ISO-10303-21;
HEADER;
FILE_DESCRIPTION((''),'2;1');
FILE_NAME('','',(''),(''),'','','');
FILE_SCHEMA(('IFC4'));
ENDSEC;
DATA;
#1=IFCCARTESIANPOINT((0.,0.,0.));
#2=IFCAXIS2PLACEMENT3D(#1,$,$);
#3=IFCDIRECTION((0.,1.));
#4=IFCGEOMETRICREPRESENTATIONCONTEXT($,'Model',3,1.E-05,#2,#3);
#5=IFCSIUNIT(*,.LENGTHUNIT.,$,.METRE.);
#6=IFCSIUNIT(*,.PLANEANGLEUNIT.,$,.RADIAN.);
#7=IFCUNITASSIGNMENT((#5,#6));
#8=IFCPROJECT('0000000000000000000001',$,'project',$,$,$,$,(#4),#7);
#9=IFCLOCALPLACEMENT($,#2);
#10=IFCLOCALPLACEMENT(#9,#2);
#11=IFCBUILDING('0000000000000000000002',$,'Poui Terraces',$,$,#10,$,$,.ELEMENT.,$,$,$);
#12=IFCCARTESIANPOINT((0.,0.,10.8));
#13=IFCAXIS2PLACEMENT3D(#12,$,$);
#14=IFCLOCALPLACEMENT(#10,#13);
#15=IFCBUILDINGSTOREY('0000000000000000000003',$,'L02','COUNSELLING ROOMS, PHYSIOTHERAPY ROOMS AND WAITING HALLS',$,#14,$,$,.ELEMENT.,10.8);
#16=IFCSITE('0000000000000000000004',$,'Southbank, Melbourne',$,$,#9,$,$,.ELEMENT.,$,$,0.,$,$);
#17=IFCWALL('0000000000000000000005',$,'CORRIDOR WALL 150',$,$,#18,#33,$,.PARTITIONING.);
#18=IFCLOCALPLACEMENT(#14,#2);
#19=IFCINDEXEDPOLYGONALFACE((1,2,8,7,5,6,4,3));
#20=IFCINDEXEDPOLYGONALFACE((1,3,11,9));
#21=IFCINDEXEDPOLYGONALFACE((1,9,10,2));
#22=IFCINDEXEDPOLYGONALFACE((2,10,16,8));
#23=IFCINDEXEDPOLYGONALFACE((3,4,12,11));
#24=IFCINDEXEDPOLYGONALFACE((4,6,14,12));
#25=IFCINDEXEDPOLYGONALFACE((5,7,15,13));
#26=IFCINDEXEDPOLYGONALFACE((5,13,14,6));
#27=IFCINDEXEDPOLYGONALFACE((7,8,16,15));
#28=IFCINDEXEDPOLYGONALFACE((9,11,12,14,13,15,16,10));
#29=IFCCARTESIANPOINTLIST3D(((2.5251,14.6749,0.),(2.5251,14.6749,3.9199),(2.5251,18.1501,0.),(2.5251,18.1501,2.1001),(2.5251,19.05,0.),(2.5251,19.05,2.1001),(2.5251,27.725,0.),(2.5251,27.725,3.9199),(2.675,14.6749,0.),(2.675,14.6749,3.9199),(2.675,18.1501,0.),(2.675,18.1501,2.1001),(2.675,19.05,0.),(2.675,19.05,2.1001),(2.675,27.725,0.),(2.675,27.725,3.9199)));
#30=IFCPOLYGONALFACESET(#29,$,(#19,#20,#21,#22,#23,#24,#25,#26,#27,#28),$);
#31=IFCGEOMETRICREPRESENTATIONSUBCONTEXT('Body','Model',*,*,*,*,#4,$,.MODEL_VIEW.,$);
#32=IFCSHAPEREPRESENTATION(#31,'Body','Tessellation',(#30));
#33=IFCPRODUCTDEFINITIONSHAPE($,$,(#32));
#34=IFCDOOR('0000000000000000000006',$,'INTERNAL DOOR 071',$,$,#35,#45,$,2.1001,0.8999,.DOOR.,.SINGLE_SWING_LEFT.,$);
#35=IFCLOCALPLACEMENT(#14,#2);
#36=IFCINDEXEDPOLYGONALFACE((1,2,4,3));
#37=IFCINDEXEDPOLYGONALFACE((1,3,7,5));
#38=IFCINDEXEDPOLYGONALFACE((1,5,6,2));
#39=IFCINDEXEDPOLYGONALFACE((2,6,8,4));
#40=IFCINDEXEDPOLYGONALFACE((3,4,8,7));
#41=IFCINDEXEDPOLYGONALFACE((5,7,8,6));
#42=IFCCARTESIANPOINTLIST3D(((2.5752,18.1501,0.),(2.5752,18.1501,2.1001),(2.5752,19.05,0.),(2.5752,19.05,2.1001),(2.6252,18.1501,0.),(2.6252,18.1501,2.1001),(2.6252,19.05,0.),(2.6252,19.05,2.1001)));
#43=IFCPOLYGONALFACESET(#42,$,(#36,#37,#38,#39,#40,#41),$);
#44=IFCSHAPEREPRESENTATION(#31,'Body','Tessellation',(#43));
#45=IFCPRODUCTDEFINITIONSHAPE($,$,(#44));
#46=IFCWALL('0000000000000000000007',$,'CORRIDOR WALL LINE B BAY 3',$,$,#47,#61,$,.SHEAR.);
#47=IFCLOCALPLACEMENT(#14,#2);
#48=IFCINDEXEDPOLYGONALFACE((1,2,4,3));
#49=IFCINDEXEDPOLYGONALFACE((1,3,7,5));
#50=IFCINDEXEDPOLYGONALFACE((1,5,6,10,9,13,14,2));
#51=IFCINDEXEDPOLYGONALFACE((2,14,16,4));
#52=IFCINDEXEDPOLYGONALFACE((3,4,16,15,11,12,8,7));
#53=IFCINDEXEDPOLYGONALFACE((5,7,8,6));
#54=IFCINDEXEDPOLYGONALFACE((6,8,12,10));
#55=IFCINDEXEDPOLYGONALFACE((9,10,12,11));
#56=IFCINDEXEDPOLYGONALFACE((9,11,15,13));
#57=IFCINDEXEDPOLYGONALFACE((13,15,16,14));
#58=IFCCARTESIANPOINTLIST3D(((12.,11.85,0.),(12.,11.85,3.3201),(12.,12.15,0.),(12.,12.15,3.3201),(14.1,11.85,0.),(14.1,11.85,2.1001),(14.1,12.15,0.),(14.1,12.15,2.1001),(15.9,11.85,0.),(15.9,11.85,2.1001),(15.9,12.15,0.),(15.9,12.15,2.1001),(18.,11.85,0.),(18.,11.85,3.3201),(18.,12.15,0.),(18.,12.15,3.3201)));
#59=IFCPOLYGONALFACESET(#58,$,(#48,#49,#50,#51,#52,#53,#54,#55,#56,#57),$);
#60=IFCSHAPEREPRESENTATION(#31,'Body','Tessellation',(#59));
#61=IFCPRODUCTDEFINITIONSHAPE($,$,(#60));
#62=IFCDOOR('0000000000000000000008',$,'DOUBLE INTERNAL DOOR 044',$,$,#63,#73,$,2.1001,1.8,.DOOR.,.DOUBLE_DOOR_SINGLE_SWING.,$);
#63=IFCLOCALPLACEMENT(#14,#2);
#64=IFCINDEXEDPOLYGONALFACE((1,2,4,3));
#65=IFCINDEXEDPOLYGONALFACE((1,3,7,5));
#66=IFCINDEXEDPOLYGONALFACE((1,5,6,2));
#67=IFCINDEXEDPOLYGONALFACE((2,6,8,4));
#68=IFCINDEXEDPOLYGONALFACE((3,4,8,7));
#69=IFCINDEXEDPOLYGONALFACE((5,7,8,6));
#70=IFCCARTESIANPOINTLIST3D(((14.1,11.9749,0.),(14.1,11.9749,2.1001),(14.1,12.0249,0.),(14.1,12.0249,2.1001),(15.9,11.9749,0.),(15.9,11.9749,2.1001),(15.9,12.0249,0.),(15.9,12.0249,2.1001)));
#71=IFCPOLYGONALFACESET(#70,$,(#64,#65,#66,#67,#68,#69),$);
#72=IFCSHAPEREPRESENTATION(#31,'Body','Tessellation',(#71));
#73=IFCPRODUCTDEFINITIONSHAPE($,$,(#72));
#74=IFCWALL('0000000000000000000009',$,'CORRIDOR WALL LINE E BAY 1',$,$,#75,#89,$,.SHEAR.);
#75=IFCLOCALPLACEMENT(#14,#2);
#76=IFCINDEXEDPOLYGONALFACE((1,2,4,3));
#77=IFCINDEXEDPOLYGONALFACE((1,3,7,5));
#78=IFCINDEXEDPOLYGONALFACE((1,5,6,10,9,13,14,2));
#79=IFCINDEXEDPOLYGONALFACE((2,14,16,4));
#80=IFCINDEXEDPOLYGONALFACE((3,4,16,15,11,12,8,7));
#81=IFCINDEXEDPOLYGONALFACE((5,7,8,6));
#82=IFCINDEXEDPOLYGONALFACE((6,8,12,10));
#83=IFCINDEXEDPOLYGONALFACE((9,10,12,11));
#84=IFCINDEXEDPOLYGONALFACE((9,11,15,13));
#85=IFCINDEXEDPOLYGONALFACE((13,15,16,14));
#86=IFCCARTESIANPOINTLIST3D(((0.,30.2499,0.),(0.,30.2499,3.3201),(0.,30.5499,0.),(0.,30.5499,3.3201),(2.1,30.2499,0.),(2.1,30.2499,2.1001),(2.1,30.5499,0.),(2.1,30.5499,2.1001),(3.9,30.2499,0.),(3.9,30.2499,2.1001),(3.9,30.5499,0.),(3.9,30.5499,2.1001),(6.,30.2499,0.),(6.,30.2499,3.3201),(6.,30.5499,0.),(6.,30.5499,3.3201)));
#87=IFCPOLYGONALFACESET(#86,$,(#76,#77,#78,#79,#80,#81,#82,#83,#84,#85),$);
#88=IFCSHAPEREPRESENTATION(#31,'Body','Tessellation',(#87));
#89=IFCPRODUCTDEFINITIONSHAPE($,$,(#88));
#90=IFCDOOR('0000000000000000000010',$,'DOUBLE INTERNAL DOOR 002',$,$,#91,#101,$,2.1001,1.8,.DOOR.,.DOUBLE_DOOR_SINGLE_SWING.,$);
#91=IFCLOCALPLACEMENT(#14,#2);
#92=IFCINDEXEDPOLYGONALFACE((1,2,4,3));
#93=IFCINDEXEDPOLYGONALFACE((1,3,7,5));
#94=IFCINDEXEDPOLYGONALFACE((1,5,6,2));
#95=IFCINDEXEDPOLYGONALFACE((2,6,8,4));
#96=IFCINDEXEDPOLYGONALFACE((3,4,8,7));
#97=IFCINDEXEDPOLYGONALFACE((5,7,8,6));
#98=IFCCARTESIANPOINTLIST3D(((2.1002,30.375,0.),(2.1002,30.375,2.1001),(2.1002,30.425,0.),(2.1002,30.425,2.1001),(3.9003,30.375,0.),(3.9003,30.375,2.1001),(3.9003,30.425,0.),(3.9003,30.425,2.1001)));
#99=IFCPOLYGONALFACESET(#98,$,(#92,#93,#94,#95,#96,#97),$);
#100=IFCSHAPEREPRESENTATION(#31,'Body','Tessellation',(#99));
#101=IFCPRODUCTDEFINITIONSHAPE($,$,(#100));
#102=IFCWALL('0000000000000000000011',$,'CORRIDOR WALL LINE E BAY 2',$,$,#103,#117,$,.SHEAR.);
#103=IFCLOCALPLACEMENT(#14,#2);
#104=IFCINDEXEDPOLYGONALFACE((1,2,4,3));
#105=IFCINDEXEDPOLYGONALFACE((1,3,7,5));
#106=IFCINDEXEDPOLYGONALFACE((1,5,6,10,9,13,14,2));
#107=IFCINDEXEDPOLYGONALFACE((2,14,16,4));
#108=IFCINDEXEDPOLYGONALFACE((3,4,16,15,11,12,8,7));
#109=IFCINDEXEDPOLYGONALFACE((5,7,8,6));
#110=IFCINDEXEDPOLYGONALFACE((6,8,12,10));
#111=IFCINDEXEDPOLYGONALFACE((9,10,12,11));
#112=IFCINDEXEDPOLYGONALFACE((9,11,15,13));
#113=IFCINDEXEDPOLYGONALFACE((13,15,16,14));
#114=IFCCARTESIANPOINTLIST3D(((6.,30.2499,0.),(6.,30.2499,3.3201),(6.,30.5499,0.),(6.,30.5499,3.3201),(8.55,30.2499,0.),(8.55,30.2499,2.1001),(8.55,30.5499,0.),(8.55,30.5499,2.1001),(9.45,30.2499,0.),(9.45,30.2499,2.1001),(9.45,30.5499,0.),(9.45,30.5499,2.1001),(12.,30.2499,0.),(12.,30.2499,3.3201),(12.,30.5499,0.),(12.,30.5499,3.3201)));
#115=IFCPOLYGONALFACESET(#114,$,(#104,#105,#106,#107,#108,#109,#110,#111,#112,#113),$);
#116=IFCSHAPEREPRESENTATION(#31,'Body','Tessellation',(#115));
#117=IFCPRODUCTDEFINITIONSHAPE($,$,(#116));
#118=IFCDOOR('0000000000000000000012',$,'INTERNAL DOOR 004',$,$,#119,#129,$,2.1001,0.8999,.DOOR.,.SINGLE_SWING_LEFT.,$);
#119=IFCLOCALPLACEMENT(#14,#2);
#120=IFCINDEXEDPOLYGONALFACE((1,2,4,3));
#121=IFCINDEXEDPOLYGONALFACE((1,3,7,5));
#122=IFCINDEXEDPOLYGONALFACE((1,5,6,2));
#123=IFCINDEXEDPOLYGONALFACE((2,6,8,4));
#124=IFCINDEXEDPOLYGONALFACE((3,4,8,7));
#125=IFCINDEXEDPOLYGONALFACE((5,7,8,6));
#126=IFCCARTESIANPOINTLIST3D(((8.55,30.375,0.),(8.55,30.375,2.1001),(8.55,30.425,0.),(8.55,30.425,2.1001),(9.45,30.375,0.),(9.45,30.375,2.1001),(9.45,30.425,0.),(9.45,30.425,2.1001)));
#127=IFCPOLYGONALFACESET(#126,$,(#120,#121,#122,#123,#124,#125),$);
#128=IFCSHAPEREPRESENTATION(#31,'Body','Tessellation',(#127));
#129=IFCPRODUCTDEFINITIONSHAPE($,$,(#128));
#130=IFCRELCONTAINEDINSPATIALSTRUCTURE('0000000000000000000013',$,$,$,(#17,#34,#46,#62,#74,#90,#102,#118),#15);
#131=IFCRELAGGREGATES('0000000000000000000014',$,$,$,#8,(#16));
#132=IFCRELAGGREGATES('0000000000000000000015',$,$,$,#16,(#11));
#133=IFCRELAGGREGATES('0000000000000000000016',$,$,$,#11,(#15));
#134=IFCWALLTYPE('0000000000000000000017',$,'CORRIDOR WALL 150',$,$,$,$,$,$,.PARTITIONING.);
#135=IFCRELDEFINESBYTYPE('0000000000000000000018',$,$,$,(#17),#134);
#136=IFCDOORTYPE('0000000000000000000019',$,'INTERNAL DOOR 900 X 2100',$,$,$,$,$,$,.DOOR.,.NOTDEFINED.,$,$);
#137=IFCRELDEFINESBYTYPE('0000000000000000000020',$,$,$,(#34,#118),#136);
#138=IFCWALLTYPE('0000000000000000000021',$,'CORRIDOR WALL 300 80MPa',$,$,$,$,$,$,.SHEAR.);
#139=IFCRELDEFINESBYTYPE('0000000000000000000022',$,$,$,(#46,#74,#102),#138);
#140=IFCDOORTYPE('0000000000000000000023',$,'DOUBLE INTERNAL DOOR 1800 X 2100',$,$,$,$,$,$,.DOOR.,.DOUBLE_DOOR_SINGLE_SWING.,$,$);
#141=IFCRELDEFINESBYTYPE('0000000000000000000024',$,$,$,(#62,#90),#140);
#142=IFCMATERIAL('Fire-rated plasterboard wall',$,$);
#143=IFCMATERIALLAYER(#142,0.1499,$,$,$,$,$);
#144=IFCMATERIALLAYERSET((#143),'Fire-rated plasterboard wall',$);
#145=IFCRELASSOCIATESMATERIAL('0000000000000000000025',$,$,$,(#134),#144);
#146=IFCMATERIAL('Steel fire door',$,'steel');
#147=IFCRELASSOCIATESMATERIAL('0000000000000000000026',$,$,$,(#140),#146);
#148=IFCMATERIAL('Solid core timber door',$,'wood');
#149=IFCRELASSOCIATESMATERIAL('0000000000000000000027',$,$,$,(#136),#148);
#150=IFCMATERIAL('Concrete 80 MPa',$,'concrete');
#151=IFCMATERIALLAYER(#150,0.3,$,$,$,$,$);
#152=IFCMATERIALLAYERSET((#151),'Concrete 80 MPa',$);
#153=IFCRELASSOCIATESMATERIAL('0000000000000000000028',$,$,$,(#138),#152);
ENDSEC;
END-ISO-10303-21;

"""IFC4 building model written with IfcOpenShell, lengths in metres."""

from ifc_helpers import new_model, si_unit, direction, frame, frame_2d, origin, place, context, subcontext, project, spatial, rectangle, extrude, material, layer, layer_set, type_object, element, fill, save


model = new_model("IFC4")

# Units and contexts
model_context = context("Model", 3, precision=1e-05, world=origin(), true_north=direction((0.0, 1.0)))
body_context = subcontext(model_context, "Body", "Model", "MODEL_VIEW")
ifc_project = project(units=[si_unit("LENGTHUNIT", "METRE"), si_unit("PLANEANGLEUNIT", "RADIAN")], contexts=[model_context])

# Site, building, storey
site_placement = place(None, origin())
site = spatial("IfcSite", under=ifc_project, at=site_placement, Name="Southbank, Melbourne", CompositionType="ELEMENT", RefElevation=0.0)
building_placement = place(site_placement, origin())
building = spatial("IfcBuilding", under=site, at=building_placement, Name="Poui Terraces", CompositionType="ELEMENT")
storey_placement = place(building_placement, frame((0.0, 0.0, 10.8)))
storey = spatial("IfcBuildingStorey", under=building, at=storey_placement, Name="L02", Description="COUNSELLING ROOMS, PHYSIOTHERAPY ROOMS AND WAITING HALLS", CompositionType="ELEMENT", Elevation=10.8)

# Shared definitions
ifc_material_1 = material(Name="Concrete 80 MPa", Category="concrete")

# Shared definitions
ifc_material_2 = material(Name="Fire-rated plasterboard wall")
ifc_layer_1 = layer(ifc_material_2, 0.1499)
ifc_layer_set_1 = layer_set([ifc_layer_1], Name="Fire-rated plasterboard wall")
wall_type_1 = type_object("IfcWallType", Name="CORRIDOR WALL 150", PredefinedType="PARTITIONING", material=ifc_layer_set_1)
ifc_material_3 = material(Name="Steel fire door", Category="steel")
door_type_1 = type_object("IfcDoorType", Name="DOUBLE INTERNAL DOOR 1800 X 2100", OperationType="DOUBLE_DOOR_SINGLE_SWING", PredefinedType="DOOR", material=ifc_material_3)

# Shared definitions
ifc_material_4 = material(Name="Solid core timber door", Category="wood")
door_type_2 = type_object("IfcDoorType", Name="INTERNAL DOOR 900 X 2100", OperationType="NOTDEFINED", PredefinedType="DOOR", material=ifc_material_4)

# Walls, openings, doors
wall_1_placement = place(storey_placement, frame((2.6001, 14.675, 0.0), z_axis=(0.0, 0.0, 1.0), x_axis=(0.0, 1.0, 0.0)))
wall_1 = element("IfcWall", 1, at=wall_1_placement, inside=storey, type_object=wall_type_1, Name="CORRIDOR WALL 150", PredefinedType="PARTITIONING", context=body_context, shape_type="SweptSolid", body=[
    extrude(rectangle(XDim=13.05, YDim=0.1499, at=frame_2d((6.5249, 0.0))), origin(), (0.0, 0.0, 1.0), 3.9199),
])
opening_1_placement = place(wall_1_placement, frame((3.4751, 0.0, 0.0)))
opening_1 = element("IfcOpeningElement", 2, at=opening_1_placement, cuts=wall_1, PredefinedType="OPENING", context=body_context, shape_type="SweptSolid", body=[
    extrude(rectangle(XDim=0.8999, YDim=2.1001, at=frame_2d((0.45, 1.05))), frame((0.0, 0.085, 0.0), z_axis=(0.0, -1.0, 0.0), x_axis=(1.0, 0.0, 0.0)), (0.0, 0.0, 1.0), 0.1699),
])
door_1_placement = place(opening_1_placement, origin())
door_1 = element("IfcDoor", 3, at=door_1_placement, inside=storey, type_object=door_type_2, Name="INTERNAL DOOR 071", OperationType="SINGLE_SWING_LEFT", OverallHeight=2.1001, OverallWidth=0.8999, PredefinedType="DOOR", context=body_context, shape_type="SweptSolid", body=[
    extrude(rectangle(XDim=0.8999, YDim=2.1001, at=frame_2d((0.45, 1.05))), frame((0.0, 0.0249, 0.0), z_axis=(0.0, -1.0, 0.0), x_axis=(1.0, 0.0, 0.0)), (0.0, 0.0, 1.0), 0.05),
])
fill(opening_1, door_1)
ifc_layer_2 = layer(ifc_material_1, 0.3)
ifc_layer_set_2 = layer_set([ifc_layer_2], Name="Concrete 80 MPa")
wall_type_2 = type_object("IfcWallType", Name="CORRIDOR WALL 300 80MPa", PredefinedType="SHEAR", material=ifc_layer_set_2)
wall_2_placement = place(storey_placement, frame((12.0, 12.0, 0.0), z_axis=(0.0, 0.0, 1.0), x_axis=(1.0, 0.0, 0.0)))
wall_2 = element("IfcWall", 4, at=wall_2_placement, inside=storey, type_object=wall_type_2, Name="CORRIDOR WALL LINE B BAY 3", PredefinedType="SHEAR", context=body_context, shape_type="SweptSolid", body=[
    extrude(rectangle(XDim=6.0, YDim=0.3, at=frame_2d((3.0, 0.0))), origin(), (0.0, 0.0, 1.0), 3.3201),
])
opening_2_placement = place(wall_2_placement, frame((2.1001, 0.0, 0.0)))
opening_2 = element("IfcOpeningElement", 5, at=opening_2_placement, cuts=wall_2, PredefinedType="OPENING", context=body_context, shape_type="SweptSolid", body=[
    extrude(rectangle(XDim=1.8, YDim=2.1001, at=frame_2d((0.8999, 1.05))), frame((0.0, 0.1602, 0.0), z_axis=(0.0, -1.0, 0.0), x_axis=(1.0, 0.0, 0.0)), (0.0, 0.0, 1.0), 0.3201),
])
door_2_placement = place(opening_2_placement, origin())
door_2 = element("IfcDoor", 6, at=door_2_placement, inside=storey, type_object=door_type_1, Name="DOUBLE INTERNAL DOOR 044", OperationType="DOUBLE_DOOR_SINGLE_SWING", OverallHeight=2.1001, OverallWidth=1.8, PredefinedType="DOOR", context=body_context, shape_type="SweptSolid", body=[
    extrude(rectangle(XDim=1.8, YDim=2.1001, at=frame_2d((0.8999, 1.05))), frame((0.0, 0.0249, 0.0), z_axis=(0.0, -1.0, 0.0), x_axis=(1.0, 0.0, 0.0)), (0.0, 0.0, 1.0), 0.05),
])
fill(opening_2, door_2)
wall_3_placement = place(storey_placement, frame((0.0, 30.3999, 0.0), z_axis=(0.0, 0.0, 1.0), x_axis=(1.0, 0.0, 0.0)))
wall_3 = element("IfcWall", 7, at=wall_3_placement, inside=storey, type_object=wall_type_2, Name="CORRIDOR WALL LINE E BAY 1", PredefinedType="SHEAR", context=body_context, shape_type="SweptSolid", body=[
    extrude(rectangle(XDim=6.0, YDim=0.3, at=frame_2d((3.0, 0.0))), origin(), (0.0, 0.0, 1.0), 3.3201),
])
opening_3_placement = place(wall_3_placement, frame((2.1001, 0.0, 0.0)))
opening_3 = element("IfcOpeningElement", 8, at=opening_3_placement, cuts=wall_3, PredefinedType="OPENING", context=body_context, shape_type="SweptSolid", body=[
    extrude(rectangle(XDim=1.8, YDim=2.1001, at=frame_2d((0.8999, 1.05))), frame((0.0, 0.1602, 0.0), z_axis=(0.0, -1.0, 0.0), x_axis=(1.0, 0.0, 0.0)), (0.0, 0.0, 1.0), 0.3201),
])
door_3_placement = place(opening_3_placement, frame((1.8, 0.0, 0.0), z_axis=(0.0, 0.0, 1.0), x_axis=(-1.0, 0.0, 0.0)))
door_3 = element("IfcDoor", 9, at=door_3_placement, inside=storey, type_object=door_type_1, Name="DOUBLE INTERNAL DOOR 002", OperationType="DOUBLE_DOOR_SINGLE_SWING", OverallHeight=2.1001, OverallWidth=1.8, PredefinedType="DOOR", context=body_context, shape_type="SweptSolid", body=[
    extrude(rectangle(XDim=1.8, YDim=2.1001, at=frame_2d((0.8999, 1.05))), frame((0.0, 0.0249, 0.0), z_axis=(0.0, -1.0, 0.0), x_axis=(1.0, 0.0, 0.0)), (0.0, 0.0, 1.0), 0.05),
])
fill(opening_3, door_3)
wall_4_placement = place(storey_placement, frame((6.0, 30.3999, 0.0), z_axis=(0.0, 0.0, 1.0), x_axis=(1.0, 0.0, 0.0)))
wall_4 = element("IfcWall", 10, at=wall_4_placement, inside=storey, type_object=wall_type_2, Name="CORRIDOR WALL LINE E BAY 2", PredefinedType="SHEAR", context=body_context, shape_type="SweptSolid", body=[
    extrude(rectangle(XDim=6.0, YDim=0.3, at=frame_2d((3.0, 0.0))), origin(), (0.0, 0.0, 1.0), 3.3201),
])
opening_4_placement = place(wall_4_placement, frame((2.55, 0.0, 0.0)))
opening_4 = element("IfcOpeningElement", 11, at=opening_4_placement, cuts=wall_4, PredefinedType="OPENING", context=body_context, shape_type="SweptSolid", body=[
    extrude(rectangle(XDim=0.8999, YDim=2.1001, at=frame_2d((0.45, 1.05))), frame((0.0, 0.1602, 0.0), z_axis=(0.0, -1.0, 0.0), x_axis=(1.0, 0.0, 0.0)), (0.0, 0.0, 1.0), 0.3201),
])
door_4_placement = place(opening_4_placement, frame((0.8999, 0.0, 0.0), z_axis=(0.0, 0.0, 1.0), x_axis=(-1.0, 0.0, 0.0)))
door_4 = element("IfcDoor", 12, at=door_4_placement, inside=storey, type_object=door_type_2, Name="INTERNAL DOOR 004", OperationType="SINGLE_SWING_LEFT", OverallHeight=2.1001, OverallWidth=0.8999, PredefinedType="DOOR", context=body_context, shape_type="SweptSolid", body=[
    extrude(rectangle(XDim=0.8999, YDim=2.1001, at=frame_2d((0.45, 1.05))), frame((0.0, 0.0249, 0.0), z_axis=(0.0, -1.0, 0.0), x_axis=(1.0, 0.0, 0.0)), (0.0, 0.0, 1.0), 0.05),
])
fill(opening_4, door_4)

save(model, "model.ifc")
